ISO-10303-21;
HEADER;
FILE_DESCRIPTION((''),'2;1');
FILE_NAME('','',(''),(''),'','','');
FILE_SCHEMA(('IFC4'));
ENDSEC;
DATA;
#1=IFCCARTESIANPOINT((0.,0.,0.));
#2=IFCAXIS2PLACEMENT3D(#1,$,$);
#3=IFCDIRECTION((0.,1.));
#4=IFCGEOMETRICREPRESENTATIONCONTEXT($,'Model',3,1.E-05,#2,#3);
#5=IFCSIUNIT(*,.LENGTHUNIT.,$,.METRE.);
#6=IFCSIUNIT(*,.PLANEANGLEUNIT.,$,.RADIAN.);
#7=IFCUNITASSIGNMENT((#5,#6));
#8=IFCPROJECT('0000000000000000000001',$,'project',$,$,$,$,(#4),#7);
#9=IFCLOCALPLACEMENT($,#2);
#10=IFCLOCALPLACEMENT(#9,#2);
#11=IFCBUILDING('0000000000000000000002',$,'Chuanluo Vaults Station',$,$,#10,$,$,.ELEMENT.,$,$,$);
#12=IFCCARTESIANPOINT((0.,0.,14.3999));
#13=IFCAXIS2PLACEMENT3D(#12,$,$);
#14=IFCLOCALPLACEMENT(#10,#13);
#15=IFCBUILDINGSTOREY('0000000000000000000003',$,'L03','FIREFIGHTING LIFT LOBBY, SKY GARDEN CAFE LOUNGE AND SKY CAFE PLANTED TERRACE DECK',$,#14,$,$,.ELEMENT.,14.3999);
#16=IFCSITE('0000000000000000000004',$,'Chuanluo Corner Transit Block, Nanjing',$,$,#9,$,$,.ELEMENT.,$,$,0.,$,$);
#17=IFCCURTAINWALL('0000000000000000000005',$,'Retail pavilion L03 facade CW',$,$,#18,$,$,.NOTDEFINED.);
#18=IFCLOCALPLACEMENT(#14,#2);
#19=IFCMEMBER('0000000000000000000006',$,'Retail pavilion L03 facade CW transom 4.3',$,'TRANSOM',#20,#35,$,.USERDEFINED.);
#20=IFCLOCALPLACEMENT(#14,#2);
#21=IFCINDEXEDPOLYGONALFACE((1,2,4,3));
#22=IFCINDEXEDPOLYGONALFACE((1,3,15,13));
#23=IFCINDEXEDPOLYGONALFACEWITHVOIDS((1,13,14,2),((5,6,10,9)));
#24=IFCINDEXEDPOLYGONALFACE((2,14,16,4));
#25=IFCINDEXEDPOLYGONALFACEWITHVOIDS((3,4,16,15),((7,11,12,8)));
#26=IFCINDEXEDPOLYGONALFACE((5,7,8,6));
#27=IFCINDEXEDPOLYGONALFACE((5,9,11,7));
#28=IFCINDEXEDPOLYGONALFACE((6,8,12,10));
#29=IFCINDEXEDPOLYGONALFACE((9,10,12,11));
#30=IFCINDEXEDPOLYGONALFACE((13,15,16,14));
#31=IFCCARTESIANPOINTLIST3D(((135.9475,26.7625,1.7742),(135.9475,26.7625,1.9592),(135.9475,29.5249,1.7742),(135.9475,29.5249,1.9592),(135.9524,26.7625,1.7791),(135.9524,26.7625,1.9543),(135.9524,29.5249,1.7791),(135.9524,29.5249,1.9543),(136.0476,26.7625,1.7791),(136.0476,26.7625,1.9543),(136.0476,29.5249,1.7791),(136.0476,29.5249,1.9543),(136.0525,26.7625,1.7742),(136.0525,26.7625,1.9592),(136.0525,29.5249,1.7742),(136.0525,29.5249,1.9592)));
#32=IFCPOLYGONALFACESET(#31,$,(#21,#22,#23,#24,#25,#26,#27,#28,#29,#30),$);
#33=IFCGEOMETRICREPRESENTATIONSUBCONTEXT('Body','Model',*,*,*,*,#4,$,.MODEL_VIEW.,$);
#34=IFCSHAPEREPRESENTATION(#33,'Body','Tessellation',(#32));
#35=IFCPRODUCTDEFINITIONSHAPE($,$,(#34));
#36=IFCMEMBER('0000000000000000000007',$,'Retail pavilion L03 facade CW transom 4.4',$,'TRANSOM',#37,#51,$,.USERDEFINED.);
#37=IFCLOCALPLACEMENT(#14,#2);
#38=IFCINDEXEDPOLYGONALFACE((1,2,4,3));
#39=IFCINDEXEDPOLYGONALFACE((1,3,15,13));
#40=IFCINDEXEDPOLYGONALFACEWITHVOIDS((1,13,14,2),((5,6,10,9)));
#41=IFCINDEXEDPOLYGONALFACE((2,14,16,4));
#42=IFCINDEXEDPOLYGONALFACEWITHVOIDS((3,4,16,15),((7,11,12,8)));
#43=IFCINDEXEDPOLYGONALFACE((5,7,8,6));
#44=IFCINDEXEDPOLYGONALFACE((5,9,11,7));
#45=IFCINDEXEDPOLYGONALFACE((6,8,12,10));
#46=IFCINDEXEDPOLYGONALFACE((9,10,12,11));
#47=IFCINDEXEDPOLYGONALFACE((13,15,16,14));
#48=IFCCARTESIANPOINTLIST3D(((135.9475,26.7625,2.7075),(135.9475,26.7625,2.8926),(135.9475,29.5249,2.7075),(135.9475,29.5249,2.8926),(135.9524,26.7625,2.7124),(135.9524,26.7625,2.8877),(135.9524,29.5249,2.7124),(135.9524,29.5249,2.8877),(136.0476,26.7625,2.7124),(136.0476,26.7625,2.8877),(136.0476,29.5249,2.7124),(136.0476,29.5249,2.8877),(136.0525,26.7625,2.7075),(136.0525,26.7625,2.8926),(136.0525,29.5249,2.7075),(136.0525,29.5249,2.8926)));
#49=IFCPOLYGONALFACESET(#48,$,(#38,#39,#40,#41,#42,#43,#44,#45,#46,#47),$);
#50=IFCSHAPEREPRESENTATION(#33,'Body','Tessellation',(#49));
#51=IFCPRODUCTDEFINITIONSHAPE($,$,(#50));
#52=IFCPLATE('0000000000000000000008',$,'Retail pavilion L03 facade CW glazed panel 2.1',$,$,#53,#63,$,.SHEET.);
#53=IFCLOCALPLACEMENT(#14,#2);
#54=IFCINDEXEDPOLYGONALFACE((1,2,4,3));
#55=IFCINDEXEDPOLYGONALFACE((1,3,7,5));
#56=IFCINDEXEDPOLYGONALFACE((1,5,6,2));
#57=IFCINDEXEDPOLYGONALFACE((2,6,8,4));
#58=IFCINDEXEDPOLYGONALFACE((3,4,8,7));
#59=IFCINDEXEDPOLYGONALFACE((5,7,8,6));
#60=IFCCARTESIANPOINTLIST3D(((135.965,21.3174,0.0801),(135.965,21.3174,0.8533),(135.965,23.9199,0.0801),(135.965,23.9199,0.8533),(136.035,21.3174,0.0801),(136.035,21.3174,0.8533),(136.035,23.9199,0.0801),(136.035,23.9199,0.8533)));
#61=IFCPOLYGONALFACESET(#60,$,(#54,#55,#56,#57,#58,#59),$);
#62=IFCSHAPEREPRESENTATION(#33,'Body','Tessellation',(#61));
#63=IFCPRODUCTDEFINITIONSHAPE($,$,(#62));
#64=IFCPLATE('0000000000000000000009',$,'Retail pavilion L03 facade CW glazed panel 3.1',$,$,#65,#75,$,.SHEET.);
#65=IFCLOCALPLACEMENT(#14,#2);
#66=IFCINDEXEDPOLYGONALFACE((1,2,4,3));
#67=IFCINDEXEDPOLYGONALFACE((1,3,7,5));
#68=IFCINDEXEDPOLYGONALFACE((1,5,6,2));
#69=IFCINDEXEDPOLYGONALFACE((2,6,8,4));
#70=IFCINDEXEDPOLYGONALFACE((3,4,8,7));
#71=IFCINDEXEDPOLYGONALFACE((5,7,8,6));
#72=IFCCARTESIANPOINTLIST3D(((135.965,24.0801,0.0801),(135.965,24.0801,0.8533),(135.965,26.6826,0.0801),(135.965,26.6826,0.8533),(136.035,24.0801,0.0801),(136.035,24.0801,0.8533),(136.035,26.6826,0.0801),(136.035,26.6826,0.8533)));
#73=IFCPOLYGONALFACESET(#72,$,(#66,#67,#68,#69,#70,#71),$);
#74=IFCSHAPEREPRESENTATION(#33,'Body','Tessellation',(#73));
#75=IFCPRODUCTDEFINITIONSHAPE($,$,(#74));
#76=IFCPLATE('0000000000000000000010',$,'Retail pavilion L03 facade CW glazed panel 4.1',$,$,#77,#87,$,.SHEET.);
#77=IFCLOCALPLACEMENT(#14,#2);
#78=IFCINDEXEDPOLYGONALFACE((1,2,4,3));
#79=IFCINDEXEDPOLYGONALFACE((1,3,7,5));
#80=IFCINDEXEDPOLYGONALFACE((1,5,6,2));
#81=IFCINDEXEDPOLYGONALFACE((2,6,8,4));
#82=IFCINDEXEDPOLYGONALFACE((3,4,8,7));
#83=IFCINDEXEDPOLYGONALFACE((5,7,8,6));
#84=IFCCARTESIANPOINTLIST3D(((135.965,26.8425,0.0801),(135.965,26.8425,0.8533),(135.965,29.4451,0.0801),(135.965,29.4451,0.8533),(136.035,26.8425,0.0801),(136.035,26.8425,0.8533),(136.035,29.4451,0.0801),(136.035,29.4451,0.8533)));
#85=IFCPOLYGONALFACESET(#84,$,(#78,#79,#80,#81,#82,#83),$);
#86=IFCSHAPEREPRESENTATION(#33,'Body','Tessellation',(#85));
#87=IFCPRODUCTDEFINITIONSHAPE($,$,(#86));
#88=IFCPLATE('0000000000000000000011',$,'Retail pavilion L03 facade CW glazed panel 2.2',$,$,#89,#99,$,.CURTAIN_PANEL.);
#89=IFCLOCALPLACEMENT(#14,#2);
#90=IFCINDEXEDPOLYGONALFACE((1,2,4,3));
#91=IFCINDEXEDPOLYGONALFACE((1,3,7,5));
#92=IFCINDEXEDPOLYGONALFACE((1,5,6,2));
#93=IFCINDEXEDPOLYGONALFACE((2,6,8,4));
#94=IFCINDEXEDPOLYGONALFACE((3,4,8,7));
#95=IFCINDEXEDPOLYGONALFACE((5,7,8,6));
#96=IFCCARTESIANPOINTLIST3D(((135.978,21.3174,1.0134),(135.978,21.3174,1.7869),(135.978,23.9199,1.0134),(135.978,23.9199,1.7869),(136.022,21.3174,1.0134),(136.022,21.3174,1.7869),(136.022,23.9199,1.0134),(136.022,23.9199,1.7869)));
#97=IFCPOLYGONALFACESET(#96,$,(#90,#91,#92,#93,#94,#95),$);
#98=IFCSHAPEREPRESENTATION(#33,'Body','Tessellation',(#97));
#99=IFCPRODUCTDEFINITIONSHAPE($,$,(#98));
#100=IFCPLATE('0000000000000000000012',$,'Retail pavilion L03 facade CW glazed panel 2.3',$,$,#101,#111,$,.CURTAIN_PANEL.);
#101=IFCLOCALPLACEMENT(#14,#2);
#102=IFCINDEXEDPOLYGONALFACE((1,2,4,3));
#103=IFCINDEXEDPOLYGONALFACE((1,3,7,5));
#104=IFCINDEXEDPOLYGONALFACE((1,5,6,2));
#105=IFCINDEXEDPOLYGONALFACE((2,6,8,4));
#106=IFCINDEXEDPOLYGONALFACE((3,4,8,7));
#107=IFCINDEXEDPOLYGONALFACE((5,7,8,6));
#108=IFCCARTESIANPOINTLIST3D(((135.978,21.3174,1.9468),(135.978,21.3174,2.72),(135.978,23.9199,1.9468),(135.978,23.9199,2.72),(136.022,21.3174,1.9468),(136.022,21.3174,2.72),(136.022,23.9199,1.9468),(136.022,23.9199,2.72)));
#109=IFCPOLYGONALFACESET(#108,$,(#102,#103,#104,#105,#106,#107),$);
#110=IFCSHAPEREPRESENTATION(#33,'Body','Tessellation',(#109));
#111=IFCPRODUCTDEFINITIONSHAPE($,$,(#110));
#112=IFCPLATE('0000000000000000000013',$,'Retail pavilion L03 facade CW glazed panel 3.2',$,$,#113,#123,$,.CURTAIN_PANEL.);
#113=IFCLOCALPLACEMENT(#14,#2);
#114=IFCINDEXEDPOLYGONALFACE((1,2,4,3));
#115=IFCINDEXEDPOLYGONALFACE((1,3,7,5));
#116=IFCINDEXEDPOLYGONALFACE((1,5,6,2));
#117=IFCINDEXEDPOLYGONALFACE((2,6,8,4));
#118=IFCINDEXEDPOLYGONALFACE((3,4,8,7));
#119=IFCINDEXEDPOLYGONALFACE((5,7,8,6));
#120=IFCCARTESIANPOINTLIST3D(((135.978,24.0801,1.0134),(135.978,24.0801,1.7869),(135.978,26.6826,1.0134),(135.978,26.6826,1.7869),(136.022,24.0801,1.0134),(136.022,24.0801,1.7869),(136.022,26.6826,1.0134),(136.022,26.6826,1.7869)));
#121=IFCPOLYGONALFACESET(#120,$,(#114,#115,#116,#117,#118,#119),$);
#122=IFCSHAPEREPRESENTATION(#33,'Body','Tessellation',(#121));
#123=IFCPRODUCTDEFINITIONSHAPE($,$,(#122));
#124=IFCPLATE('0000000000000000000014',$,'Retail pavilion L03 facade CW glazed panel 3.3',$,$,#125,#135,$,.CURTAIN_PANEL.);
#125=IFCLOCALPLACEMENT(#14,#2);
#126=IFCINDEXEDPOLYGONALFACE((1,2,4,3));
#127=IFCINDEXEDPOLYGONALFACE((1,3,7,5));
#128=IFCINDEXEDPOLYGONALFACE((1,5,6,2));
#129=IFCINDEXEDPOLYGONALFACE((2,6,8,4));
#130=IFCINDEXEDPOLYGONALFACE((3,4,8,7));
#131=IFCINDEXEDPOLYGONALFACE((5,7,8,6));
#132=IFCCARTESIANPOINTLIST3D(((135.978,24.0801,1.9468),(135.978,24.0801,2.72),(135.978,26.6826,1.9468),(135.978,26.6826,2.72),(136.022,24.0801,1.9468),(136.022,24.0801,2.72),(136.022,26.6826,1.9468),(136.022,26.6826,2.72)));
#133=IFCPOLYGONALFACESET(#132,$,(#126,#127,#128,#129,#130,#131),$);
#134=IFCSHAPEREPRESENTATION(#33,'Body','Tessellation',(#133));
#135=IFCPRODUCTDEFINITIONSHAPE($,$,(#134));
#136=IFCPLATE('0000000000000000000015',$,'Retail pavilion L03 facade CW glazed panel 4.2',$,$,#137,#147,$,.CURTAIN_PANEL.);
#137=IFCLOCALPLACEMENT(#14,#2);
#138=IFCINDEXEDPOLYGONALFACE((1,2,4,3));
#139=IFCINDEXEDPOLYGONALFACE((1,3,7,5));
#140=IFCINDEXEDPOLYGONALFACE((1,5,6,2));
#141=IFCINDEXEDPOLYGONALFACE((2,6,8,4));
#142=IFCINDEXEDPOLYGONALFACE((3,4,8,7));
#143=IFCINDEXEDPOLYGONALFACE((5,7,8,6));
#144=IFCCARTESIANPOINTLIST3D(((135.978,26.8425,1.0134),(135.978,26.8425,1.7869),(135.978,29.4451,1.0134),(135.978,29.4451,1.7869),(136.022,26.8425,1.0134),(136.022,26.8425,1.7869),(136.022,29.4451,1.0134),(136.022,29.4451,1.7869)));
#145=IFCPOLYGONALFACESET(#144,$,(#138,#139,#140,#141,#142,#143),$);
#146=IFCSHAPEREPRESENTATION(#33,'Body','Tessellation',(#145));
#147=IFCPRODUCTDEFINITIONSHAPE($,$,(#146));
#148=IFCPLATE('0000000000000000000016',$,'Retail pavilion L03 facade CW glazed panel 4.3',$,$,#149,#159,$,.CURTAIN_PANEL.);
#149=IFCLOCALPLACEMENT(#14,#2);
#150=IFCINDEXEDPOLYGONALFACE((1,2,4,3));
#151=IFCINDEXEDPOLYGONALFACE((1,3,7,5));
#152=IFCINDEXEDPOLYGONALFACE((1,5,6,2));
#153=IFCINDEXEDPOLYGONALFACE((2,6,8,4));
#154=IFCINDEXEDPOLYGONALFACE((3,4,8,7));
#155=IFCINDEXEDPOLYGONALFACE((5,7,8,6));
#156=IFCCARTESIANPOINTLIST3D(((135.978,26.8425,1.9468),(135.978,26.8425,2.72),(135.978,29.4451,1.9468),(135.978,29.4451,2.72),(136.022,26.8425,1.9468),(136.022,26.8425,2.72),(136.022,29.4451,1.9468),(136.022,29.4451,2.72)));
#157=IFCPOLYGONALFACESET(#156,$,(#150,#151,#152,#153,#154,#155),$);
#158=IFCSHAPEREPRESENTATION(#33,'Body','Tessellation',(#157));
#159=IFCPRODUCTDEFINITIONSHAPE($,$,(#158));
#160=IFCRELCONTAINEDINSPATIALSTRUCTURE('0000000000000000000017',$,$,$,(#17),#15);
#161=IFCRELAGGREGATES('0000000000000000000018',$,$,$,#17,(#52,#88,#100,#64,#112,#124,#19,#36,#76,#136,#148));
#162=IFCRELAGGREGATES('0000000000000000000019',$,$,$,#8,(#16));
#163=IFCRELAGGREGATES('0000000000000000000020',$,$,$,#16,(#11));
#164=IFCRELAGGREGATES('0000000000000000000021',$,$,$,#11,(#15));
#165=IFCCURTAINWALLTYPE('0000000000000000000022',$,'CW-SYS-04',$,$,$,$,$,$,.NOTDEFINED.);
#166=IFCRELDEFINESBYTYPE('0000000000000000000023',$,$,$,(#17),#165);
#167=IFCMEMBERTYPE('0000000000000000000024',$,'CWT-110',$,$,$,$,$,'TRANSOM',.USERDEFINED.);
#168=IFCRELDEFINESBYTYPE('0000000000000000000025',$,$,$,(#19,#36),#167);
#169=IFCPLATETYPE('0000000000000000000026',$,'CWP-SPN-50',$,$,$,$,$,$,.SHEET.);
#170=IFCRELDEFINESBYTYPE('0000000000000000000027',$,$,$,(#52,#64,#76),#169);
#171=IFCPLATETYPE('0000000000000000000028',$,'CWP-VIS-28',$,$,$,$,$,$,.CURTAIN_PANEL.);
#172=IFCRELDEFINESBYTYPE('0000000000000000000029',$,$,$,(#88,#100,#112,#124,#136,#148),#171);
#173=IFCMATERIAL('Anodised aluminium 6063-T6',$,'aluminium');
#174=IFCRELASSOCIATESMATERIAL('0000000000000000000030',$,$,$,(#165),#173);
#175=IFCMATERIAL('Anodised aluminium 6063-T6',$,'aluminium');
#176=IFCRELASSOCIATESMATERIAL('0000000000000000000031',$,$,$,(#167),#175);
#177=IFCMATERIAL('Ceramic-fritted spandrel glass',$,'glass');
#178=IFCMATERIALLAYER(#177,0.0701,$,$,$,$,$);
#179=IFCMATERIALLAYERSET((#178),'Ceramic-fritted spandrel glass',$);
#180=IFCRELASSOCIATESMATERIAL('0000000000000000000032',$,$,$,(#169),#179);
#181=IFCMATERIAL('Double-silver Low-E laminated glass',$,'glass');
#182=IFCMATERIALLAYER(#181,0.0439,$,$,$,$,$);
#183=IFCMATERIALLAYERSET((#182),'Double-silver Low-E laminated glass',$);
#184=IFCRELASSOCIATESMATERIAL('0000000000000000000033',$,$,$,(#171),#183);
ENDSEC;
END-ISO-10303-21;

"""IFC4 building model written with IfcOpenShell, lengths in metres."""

from ifc_helpers import new_model, si_unit, direction, frame, origin, origin_2d, place, context, subcontext, project, spatial, rectangle, hollow_rectangle, extrude, material, layer, layer_set, material_profile, profile_set, type_object, element, aggregate, save


model = new_model("IFC4")

# Units and contexts
model_context = context("Model", 3, precision=1e-05, world=origin(), true_north=direction((0.0, 1.0)))
body_context = subcontext(model_context, "Body", "Model", "MODEL_VIEW")
ifc_project = project(units=[si_unit("LENGTHUNIT", "METRE"), si_unit("PLANEANGLEUNIT", "RADIAN")], contexts=[model_context])

# Site, building, storey
site_placement = place(None, origin())
site = spatial("IfcSite", under=ifc_project, at=site_placement, Name="Chuanluo Corner Transit Block, Nanjing", CompositionType="ELEMENT", RefElevation=0.0)
building_placement = place(site_placement, origin())
building = spatial("IfcBuilding", under=site, at=building_placement, Name="Chuanluo Vaults Station", CompositionType="ELEMENT")
storey_placement = place(building_placement, frame((0.0, 0.0, 14.3999)))
storey = spatial("IfcBuildingStorey", under=building, at=storey_placement, Name="L03", Description="FIREFIGHTING LIFT LOBBY, SKY GARDEN CAFE LOUNGE AND SKY CAFE PLANTED TERRACE DECK", CompositionType="ELEMENT", Elevation=14.3999)

# Curtain wall, members, plates
ifc_material_1 = material(Name="Anodised aluminium 6063-T6", Category="aluminium")
curtain_wall_type = type_object("IfcCurtainWallType", Name="CW-SYS-04", PredefinedType="NOTDEFINED", material=ifc_material_1)
curtain_wall_placement = place(storey_placement, origin())
curtain_wall = element("IfcCurtainWall", 1, at=curtain_wall_placement, inside=storey, type_object=curtain_wall_type, Name="Retail pavilion L03 facade CW", PredefinedType="NOTDEFINED")
ifc_material_2 = material(Name="Anodised aluminium 6063-T6", Category="aluminium")
ifc_material_profile_1 = material_profile(ifc_material_2, hollow_rectangle(XDim=0.105, YDim=0.1851, WallThickness=0.0049, at=origin_2d()))
ifc_profile_set_1 = profile_set([ifc_material_profile_1], Name="Anodised aluminium 6063-T6")
member_type_1 = type_object("IfcMemberType", Name="CWT-110", ElementType="TRANSOM", PredefinedType="USERDEFINED", material=ifc_profile_set_1)
member_1_placement = place(storey_placement, frame((136.0, 26.7625, 1.8667), z_axis=(0.0, 1.0, 0.0), x_axis=(-1.0, 0.0, 0.0)))
member_1 = element("IfcMember", 2, at=member_1_placement, type_object=member_type_1, Name="Retail pavilion L03 facade CW transom 4.3", ObjectType="TRANSOM", PredefinedType="USERDEFINED", context=body_context, shape_type="SweptSolid", body=[
    extrude(hollow_rectangle(XDim=0.105, YDim=0.1851, WallThickness=0.0049, at=origin_2d()), origin(), (0.0, 0.0, 1.0), 2.7625),
])
member_2_placement = place(storey_placement, frame((136.0, 26.7625, 2.8), z_axis=(0.0, 1.0, 0.0), x_axis=(-1.0, 0.0, 0.0)))
member_2 = element("IfcMember", 3, at=member_2_placement, type_object=member_type_1, Name="Retail pavilion L03 facade CW transom 4.4", ObjectType="TRANSOM", PredefinedType="USERDEFINED", context=body_context, shape_type="SweptSolid", body=[
    extrude(hollow_rectangle(XDim=0.105, YDim=0.1851, WallThickness=0.0049, at=origin_2d()), origin(), (0.0, 0.0, 1.0), 2.7625),
])
ifc_material_3 = material(Name="Ceramic-fritted spandrel glass", Category="glass")
ifc_layer_1 = layer(ifc_material_3, 0.0701)
ifc_layer_set_1 = layer_set([ifc_layer_1], Name="Ceramic-fritted spandrel glass")
plate_type_1 = type_object("IfcPlateType", Name="CWP-SPN-50", PredefinedType="SHEET", material=ifc_layer_set_1)
plate_1_placement = place(storey_placement, frame((136.0, 22.6187, 0.0801), z_axis=(0.0, 0.0, 1.0), x_axis=(0.0, 1.0, 0.0)))
plate_1 = element("IfcPlate", 4, at=plate_1_placement, type_object=plate_type_1, Name="Retail pavilion L03 facade CW glazed panel 2.1", PredefinedType="SHEET", context=body_context, shape_type="SweptSolid", body=[
    extrude(rectangle(XDim=2.6025, YDim=0.0701, at=origin_2d()), origin(), (0.0, 0.0, 1.0), 0.7732),
])
plate_2_placement = place(storey_placement, frame((136.0, 25.3813, 0.0801), z_axis=(0.0, 0.0, 1.0), x_axis=(0.0, 1.0, 0.0)))
plate_2 = element("IfcPlate", 5, at=plate_2_placement, type_object=plate_type_1, Name="Retail pavilion L03 facade CW glazed panel 3.1", PredefinedType="SHEET", context=body_context, shape_type="SweptSolid", body=[
    extrude(rectangle(XDim=2.6025, YDim=0.0701, at=origin_2d()), origin(), (0.0, 0.0, 1.0), 0.7732),
])
plate_3_placement = place(storey_placement, frame((136.0, 28.1438, 0.0801), z_axis=(0.0, 0.0, 1.0), x_axis=(0.0, 1.0, 0.0)))
plate_3 = element("IfcPlate", 6, at=plate_3_placement, type_object=plate_type_1, Name="Retail pavilion L03 facade CW glazed panel 4.1", PredefinedType="SHEET", context=body_context, shape_type="SweptSolid", body=[
    extrude(rectangle(XDim=2.6025, YDim=0.0701, at=origin_2d()), origin(), (0.0, 0.0, 1.0), 0.7732),
])
ifc_material_4 = material(Name="Double-silver Low-E laminated glass", Category="glass")
ifc_layer_2 = layer(ifc_material_4, 0.0439)
ifc_layer_set_2 = layer_set([ifc_layer_2], Name="Double-silver Low-E laminated glass")
plate_type_2 = type_object("IfcPlateType", Name="CWP-VIS-28", PredefinedType="CURTAIN_PANEL", material=ifc_layer_set_2)
plate_4_placement = place(storey_placement, frame((136.0, 22.6187, 1.0134), z_axis=(0.0, 0.0, 1.0), x_axis=(0.0, 1.0, 0.0)))
plate_4 = element("IfcPlate", 7, at=plate_4_placement, type_object=plate_type_2, Name="Retail pavilion L03 facade CW glazed panel 2.2", PredefinedType="CURTAIN_PANEL", context=body_context, shape_type="SweptSolid", body=[
    extrude(rectangle(XDim=2.6025, YDim=0.0439, at=origin_2d()), origin(), (0.0, 0.0, 1.0), 0.7734),
])
plate_5_placement = place(storey_placement, frame((136.0, 22.6187, 1.9468), z_axis=(0.0, 0.0, 1.0), x_axis=(0.0, 1.0, 0.0)))
plate_5 = element("IfcPlate", 8, at=plate_5_placement, type_object=plate_type_2, Name="Retail pavilion L03 facade CW glazed panel 2.3", PredefinedType="CURTAIN_PANEL", context=body_context, shape_type="SweptSolid", body=[
    extrude(rectangle(XDim=2.6025, YDim=0.0439, at=origin_2d()), origin(), (0.0, 0.0, 1.0), 0.7732),
])
plate_6_placement = place(storey_placement, frame((136.0, 25.3813, 1.0134), z_axis=(0.0, 0.0, 1.0), x_axis=(0.0, 1.0, 0.0)))
plate_6 = element("IfcPlate", 9, at=plate_6_placement, type_object=plate_type_2, Name="Retail pavilion L03 facade CW glazed panel 3.2", PredefinedType="CURTAIN_PANEL", context=body_context, shape_type="SweptSolid", body=[
    extrude(rectangle(XDim=2.6025, YDim=0.0439, at=origin_2d()), origin(), (0.0, 0.0, 1.0), 0.7734),
])
plate_7_placement = place(storey_placement, frame((136.0, 25.3813, 1.9468), z_axis=(0.0, 0.0, 1.0), x_axis=(0.0, 1.0, 0.0)))
plate_7 = element("IfcPlate", 10, at=plate_7_placement, type_object=plate_type_2, Name="Retail pavilion L03 facade CW glazed panel 3.3", PredefinedType="CURTAIN_PANEL", context=body_context, shape_type="SweptSolid", body=[
    extrude(rectangle(XDim=2.6025, YDim=0.0439, at=origin_2d()), origin(), (0.0, 0.0, 1.0), 0.7732),
])
plate_8_placement = place(storey_placement, frame((136.0, 28.1438, 1.0134), z_axis=(0.0, 0.0, 1.0), x_axis=(0.0, 1.0, 0.0)))
plate_8 = element("IfcPlate", 11, at=plate_8_placement, type_object=plate_type_2, Name="Retail pavilion L03 facade CW glazed panel 4.2", PredefinedType="CURTAIN_PANEL", context=body_context, shape_type="SweptSolid", body=[
    extrude(rectangle(XDim=2.6025, YDim=0.0439, at=origin_2d()), origin(), (0.0, 0.0, 1.0), 0.7734),
])
plate_9_placement = place(storey_placement, frame((136.0, 28.1438, 1.9468), z_axis=(0.0, 0.0, 1.0), x_axis=(0.0, 1.0, 0.0)))
plate_9 = element("IfcPlate", 12, at=plate_9_placement, type_object=plate_type_2, Name="Retail pavilion L03 facade CW glazed panel 4.3", PredefinedType="CURTAIN_PANEL", context=body_context, shape_type="SweptSolid", body=[
    extrude(rectangle(XDim=2.6025, YDim=0.0439, at=origin_2d()), origin(), (0.0, 0.0, 1.0), 0.7732),
])
aggregate(curtain_wall, [plate_1, plate_4, plate_5, plate_2, plate_6, plate_7, member_1, member_2, plate_3, plate_8, plate_9])

save(model, "model.ifc")
